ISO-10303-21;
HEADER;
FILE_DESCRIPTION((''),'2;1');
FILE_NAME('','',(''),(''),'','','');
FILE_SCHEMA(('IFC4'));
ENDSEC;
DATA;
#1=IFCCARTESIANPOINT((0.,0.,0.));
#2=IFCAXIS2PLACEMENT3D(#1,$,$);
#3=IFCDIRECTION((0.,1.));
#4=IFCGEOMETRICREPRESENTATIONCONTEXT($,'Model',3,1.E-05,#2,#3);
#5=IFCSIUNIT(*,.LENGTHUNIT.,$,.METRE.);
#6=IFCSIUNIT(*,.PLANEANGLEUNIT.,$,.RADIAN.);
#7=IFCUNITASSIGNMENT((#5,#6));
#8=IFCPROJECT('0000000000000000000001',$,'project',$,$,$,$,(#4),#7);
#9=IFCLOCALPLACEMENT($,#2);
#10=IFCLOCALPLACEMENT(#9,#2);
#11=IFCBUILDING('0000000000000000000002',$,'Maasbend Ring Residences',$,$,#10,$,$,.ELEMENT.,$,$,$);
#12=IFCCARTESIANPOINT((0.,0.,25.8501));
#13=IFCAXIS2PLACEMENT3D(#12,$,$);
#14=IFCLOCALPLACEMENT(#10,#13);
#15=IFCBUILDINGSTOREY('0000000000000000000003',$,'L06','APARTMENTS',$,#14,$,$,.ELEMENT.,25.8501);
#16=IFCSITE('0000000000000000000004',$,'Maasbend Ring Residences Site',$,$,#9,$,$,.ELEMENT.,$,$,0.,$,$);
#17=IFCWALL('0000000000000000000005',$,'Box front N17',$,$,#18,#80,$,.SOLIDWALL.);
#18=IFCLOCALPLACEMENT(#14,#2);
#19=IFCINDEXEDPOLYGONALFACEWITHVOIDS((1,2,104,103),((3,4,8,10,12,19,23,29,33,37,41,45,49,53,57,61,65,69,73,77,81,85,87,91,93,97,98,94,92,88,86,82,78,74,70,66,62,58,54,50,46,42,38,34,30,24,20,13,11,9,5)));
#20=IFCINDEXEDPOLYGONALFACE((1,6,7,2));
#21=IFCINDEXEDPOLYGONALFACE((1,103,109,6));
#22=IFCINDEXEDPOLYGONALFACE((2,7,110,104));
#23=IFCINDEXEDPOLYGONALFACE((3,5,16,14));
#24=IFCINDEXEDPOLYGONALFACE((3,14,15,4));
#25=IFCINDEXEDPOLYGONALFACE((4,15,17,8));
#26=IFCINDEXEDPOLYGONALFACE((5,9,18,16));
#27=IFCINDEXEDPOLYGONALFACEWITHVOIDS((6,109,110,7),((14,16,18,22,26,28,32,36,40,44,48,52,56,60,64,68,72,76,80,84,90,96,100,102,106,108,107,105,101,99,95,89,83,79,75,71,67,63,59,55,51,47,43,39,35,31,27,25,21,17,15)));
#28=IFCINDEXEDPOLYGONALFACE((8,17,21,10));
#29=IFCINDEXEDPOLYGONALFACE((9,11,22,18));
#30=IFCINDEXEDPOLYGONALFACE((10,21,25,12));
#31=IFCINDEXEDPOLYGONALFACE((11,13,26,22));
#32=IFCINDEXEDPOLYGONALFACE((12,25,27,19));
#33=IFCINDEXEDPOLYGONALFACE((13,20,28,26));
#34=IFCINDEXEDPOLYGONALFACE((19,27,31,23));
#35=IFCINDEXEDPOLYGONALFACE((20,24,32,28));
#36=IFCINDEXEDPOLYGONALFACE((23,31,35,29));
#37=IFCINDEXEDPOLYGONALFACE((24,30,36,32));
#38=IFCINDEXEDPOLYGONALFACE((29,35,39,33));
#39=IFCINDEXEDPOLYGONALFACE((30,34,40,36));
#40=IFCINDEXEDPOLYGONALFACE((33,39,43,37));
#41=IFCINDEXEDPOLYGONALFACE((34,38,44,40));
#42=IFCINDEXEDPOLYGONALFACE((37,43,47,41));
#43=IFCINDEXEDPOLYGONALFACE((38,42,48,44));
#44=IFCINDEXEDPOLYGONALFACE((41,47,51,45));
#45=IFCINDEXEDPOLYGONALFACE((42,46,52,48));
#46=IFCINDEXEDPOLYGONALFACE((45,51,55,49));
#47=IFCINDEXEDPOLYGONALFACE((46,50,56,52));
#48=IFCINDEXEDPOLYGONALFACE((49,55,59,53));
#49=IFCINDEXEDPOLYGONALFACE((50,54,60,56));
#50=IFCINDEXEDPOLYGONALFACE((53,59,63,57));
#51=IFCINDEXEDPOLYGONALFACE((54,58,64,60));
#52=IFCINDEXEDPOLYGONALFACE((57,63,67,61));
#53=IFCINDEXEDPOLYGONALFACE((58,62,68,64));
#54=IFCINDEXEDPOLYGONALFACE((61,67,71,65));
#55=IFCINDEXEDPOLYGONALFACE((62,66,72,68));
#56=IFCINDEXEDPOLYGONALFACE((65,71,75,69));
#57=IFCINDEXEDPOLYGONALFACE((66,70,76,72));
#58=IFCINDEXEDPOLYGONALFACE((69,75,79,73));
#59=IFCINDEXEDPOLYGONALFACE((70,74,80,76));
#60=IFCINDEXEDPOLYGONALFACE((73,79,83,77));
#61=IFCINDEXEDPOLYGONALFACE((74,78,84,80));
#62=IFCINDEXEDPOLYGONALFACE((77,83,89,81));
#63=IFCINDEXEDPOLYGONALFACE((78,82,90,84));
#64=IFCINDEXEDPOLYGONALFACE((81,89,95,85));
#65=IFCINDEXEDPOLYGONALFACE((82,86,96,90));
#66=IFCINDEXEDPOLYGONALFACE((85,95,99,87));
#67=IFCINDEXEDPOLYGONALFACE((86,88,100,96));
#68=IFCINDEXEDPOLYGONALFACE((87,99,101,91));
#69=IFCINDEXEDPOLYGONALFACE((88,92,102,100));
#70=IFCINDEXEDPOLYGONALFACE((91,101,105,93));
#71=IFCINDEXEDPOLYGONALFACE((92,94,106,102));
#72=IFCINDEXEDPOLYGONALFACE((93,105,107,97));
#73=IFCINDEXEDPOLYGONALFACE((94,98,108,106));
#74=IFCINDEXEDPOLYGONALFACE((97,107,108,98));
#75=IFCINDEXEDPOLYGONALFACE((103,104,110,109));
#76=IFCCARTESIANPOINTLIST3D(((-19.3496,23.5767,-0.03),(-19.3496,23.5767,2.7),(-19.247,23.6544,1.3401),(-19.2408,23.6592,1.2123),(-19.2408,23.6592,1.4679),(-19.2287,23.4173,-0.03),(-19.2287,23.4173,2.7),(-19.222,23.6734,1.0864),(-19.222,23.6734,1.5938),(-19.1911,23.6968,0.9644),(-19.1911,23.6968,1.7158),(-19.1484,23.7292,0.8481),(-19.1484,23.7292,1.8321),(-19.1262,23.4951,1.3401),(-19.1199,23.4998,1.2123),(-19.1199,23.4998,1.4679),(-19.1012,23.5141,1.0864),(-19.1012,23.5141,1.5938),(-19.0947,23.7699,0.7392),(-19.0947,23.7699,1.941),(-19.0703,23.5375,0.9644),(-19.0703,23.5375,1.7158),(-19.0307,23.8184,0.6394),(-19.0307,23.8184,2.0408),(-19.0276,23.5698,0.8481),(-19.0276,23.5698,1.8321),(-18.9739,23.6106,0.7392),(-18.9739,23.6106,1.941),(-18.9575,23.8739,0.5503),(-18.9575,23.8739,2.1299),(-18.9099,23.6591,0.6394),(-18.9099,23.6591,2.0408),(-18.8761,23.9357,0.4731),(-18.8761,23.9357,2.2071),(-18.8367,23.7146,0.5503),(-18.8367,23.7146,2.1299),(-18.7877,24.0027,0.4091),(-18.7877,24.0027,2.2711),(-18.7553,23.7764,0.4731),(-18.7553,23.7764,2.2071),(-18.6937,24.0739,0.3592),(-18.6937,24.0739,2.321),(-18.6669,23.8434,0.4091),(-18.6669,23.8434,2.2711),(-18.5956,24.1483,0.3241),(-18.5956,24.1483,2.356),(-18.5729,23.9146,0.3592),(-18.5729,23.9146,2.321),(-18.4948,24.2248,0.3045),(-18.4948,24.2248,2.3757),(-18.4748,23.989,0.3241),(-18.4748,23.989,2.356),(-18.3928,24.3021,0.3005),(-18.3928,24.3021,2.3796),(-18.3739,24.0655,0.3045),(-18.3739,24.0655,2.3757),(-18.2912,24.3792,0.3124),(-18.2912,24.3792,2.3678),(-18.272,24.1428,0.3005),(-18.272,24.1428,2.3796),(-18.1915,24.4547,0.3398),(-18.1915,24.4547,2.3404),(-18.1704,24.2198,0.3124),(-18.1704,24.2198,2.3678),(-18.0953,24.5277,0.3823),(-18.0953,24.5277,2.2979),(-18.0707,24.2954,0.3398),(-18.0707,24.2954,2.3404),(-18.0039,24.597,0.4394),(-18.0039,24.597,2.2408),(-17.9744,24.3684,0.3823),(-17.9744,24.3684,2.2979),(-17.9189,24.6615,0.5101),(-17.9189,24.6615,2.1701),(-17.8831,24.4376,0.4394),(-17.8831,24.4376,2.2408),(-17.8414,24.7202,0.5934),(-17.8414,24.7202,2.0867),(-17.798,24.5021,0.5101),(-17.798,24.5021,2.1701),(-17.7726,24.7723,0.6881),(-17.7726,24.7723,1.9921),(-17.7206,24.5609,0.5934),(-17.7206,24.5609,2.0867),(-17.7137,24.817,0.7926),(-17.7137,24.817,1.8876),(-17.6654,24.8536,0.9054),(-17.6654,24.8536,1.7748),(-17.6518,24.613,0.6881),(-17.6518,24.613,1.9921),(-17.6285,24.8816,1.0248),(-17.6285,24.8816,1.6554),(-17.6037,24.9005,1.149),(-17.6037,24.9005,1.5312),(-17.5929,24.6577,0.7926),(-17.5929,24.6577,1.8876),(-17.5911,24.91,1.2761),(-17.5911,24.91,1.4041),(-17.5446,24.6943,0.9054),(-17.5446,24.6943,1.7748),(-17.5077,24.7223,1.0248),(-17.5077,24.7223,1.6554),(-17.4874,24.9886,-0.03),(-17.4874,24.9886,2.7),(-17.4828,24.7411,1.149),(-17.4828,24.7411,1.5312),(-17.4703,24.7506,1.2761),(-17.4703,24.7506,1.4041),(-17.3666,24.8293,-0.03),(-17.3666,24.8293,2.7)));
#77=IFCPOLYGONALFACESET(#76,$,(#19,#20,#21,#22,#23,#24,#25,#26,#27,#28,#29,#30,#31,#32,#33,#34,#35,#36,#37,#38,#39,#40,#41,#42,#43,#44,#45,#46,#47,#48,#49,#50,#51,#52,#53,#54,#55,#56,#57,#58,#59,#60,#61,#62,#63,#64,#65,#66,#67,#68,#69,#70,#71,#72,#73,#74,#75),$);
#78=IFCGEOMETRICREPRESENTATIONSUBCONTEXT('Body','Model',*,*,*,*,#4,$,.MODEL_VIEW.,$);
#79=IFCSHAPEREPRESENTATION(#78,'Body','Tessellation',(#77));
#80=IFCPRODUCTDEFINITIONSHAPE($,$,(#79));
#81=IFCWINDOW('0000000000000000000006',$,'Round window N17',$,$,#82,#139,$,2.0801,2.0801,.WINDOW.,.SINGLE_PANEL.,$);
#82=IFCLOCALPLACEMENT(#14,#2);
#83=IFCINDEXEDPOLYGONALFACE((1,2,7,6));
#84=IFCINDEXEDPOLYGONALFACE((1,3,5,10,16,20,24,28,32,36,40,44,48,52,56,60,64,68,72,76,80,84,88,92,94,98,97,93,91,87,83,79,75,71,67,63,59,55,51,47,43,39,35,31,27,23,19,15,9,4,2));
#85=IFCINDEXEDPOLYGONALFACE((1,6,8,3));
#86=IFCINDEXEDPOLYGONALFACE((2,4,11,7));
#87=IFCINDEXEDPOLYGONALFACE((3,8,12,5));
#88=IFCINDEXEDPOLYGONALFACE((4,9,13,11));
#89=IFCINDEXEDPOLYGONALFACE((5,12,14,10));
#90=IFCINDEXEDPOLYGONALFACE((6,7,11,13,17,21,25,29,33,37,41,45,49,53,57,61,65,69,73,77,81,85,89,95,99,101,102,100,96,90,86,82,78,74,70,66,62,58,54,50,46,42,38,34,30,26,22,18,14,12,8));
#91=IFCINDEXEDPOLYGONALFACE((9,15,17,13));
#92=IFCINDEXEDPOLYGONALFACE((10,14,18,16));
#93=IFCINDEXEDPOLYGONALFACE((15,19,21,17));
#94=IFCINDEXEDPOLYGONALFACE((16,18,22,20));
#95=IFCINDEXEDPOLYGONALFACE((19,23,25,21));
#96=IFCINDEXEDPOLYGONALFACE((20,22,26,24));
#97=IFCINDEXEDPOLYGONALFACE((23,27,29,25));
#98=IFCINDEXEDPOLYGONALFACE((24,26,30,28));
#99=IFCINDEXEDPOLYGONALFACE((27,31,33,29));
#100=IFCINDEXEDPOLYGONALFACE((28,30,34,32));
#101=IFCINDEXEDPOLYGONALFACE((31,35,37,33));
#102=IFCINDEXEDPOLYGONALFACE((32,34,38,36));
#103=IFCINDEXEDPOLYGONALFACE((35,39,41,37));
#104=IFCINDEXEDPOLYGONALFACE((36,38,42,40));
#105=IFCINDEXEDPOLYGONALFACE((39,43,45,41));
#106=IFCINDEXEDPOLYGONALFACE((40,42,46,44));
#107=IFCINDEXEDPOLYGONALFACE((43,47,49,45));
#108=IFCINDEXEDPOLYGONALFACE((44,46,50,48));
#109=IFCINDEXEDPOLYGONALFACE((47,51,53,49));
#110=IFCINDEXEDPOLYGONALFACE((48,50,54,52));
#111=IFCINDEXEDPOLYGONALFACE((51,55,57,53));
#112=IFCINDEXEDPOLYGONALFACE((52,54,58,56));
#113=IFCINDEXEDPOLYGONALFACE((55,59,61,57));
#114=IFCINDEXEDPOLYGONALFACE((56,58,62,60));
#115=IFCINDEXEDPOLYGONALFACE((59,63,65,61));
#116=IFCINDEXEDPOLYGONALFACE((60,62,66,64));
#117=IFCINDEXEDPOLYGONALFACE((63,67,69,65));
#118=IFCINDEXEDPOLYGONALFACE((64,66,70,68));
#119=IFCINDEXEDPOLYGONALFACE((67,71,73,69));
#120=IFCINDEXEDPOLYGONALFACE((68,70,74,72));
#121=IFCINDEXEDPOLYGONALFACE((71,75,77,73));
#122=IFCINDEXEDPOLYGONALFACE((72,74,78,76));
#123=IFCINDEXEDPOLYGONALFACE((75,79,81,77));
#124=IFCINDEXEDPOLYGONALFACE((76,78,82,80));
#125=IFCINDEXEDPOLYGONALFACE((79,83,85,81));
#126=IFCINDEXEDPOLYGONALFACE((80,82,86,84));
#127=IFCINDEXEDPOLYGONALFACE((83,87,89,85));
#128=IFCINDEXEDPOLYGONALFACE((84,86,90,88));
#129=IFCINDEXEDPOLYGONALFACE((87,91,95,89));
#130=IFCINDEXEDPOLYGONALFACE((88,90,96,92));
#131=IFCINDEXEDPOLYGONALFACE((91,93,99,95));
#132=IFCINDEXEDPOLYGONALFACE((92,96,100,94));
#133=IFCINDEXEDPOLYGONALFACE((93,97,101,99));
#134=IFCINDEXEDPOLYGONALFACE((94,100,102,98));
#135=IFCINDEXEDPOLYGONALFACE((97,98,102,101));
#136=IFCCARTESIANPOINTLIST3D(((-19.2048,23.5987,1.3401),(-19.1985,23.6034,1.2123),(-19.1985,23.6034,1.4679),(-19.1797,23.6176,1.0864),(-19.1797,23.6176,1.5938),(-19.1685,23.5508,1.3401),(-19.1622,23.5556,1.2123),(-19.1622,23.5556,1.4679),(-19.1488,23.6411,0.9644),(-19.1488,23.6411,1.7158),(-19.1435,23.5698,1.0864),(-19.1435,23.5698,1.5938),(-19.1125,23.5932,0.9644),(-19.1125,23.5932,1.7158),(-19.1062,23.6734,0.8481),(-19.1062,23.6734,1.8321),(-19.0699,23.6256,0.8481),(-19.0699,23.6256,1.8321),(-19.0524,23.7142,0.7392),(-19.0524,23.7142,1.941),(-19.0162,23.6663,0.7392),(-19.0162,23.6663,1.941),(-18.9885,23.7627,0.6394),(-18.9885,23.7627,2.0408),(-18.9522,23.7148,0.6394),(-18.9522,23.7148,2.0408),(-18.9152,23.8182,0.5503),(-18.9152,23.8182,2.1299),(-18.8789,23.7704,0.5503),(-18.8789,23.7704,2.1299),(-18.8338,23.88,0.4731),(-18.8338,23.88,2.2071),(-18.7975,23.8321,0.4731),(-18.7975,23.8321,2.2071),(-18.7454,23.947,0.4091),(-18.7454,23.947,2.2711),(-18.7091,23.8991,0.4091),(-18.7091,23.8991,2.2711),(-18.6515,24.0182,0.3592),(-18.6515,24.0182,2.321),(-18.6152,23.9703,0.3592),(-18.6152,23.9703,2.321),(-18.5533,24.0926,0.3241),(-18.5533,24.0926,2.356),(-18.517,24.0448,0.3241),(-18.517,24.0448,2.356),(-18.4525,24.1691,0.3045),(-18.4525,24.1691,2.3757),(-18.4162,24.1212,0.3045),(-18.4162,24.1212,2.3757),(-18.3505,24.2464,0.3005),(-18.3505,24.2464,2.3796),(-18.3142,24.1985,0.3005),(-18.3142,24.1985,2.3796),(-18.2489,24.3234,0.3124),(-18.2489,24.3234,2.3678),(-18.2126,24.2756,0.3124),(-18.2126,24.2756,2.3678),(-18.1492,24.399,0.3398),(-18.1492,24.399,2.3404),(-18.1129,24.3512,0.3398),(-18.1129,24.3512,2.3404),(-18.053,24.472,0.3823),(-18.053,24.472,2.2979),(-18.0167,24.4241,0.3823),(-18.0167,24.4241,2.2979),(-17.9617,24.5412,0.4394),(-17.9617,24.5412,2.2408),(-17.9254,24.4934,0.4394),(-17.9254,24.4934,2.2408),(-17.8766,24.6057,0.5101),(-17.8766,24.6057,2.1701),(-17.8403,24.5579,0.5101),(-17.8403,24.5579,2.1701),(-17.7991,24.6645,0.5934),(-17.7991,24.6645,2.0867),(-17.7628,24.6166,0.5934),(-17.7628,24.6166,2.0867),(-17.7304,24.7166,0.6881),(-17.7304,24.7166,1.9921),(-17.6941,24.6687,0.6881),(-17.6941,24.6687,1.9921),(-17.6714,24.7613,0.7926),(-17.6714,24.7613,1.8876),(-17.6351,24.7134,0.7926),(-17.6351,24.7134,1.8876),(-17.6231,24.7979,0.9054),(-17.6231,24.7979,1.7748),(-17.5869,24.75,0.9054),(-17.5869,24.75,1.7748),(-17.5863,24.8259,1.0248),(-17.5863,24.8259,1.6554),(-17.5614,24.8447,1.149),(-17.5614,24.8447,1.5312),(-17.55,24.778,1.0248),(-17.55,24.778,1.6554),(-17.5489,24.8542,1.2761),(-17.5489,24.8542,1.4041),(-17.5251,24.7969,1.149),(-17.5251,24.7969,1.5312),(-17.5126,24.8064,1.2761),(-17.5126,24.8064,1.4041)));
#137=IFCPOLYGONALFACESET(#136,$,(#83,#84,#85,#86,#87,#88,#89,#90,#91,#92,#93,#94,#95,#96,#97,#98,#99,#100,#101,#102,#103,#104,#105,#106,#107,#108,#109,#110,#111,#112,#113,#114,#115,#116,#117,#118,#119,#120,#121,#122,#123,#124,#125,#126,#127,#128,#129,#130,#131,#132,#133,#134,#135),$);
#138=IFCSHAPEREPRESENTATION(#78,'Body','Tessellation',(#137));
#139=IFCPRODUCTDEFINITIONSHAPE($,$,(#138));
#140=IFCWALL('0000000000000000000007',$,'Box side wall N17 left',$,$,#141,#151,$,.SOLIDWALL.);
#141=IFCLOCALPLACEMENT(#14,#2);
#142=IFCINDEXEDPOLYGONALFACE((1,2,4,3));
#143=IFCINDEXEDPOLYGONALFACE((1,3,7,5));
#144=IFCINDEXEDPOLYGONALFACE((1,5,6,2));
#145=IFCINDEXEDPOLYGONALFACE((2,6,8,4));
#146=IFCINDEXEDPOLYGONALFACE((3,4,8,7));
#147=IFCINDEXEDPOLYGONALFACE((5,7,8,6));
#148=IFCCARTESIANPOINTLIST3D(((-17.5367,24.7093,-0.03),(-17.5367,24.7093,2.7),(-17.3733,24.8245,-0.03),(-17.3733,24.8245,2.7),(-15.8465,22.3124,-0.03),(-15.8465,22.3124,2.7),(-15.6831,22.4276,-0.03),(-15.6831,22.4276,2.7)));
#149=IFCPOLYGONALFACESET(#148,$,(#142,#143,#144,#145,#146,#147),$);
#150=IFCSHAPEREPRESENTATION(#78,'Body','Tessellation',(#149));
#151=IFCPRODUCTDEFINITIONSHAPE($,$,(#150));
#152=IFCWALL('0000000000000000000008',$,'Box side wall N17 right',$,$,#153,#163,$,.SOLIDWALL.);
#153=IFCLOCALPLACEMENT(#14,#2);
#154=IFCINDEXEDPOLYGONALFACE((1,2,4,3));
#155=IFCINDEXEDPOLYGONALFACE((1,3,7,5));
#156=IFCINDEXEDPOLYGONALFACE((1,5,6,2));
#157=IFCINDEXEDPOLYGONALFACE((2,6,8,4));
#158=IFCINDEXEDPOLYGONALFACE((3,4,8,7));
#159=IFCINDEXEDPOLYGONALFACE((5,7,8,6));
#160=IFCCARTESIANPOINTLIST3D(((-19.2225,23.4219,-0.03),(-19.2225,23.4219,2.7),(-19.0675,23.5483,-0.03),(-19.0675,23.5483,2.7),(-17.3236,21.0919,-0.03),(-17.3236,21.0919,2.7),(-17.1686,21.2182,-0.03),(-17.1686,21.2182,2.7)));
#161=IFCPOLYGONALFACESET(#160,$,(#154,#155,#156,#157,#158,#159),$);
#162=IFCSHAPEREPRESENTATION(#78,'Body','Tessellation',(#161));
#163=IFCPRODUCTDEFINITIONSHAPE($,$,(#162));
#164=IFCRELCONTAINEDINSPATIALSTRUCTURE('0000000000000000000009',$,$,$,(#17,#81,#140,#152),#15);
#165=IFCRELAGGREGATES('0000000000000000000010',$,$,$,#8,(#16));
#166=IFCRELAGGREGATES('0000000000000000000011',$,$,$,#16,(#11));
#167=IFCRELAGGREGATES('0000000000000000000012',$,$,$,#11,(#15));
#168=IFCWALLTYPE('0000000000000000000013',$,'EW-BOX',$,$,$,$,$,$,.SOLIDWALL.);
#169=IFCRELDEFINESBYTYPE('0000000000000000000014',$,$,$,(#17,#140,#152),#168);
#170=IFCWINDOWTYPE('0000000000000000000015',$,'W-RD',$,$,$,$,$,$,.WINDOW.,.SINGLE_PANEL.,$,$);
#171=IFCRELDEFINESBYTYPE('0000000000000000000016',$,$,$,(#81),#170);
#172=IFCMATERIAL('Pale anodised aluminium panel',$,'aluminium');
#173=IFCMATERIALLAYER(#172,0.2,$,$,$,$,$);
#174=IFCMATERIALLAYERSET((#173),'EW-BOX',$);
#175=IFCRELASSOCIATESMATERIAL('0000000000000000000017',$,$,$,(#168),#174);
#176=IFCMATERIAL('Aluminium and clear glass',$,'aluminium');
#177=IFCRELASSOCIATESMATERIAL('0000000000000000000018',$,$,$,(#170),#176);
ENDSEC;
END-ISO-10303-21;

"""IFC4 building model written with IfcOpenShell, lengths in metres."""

from ifc_helpers import new_model, si_unit, direction, frame, frame_2d, origin, place, context, subcontext, project, spatial, rectangle, circle, extrude, material, layer, layer_set, type_object, element, fill, save


model = new_model("IFC4")

# Units and contexts
model_context = context("Model", 3, precision=1e-05, world=origin(), true_north=direction((0.0, 1.0)))
body_context = subcontext(model_context, "Body", "Model", "MODEL_VIEW")
ifc_project = project(units=[si_unit("LENGTHUNIT", "METRE"), si_unit("PLANEANGLEUNIT", "RADIAN")], contexts=[model_context])

# Site, building, storey
site_placement = place(None, origin())
site = spatial("IfcSite", under=ifc_project, at=site_placement, Name="Maasbend Ring Residences Site", CompositionType="ELEMENT", RefElevation=0.0)
building_placement = place(site_placement, origin())
building = spatial("IfcBuilding", under=site, at=building_placement, Name="Maasbend Ring Residences", CompositionType="ELEMENT")
storey_placement = place(building_placement, frame((0.0, 0.0, 25.8501)))
storey = spatial("IfcBuildingStorey", under=building, at=storey_placement, Name="L06", Description="APARTMENTS", CompositionType="ELEMENT", Elevation=25.8501)

# Shared definitions
ifc_material_1 = material(Name="Pale anodised aluminium panel", Category="aluminium")
ifc_layer_1 = layer(ifc_material_1, 0.2)
ifc_layer_set_1 = layer_set([ifc_layer_1], Name="EW-BOX")
wall_type_1 = type_object("IfcWallType", Name="EW-BOX", PredefinedType="SOLIDWALL", material=ifc_layer_set_1)
ifc_material_2 = material(Name="Aluminium and clear glass", Category="aluminium")
window_type_1 = type_object("IfcWindowType", Name="W-RD", PartitioningType="SINGLE_PANEL", PredefinedType="WINDOW", material=ifc_material_2)

# Wall, opening, window
wall_1_placement = place(storey_placement, frame((-17.427, 24.9089, -0.03), z_axis=(0.0, 0.0, 1.0), x_axis=(-0.796842, -0.604188, 0.0)))
wall_1 = element("IfcWall", 1, at=wall_1_placement, inside=storey, type_object=wall_type_1, Name="Box front N17", PredefinedType="SOLIDWALL", context=body_context, shape_type="SweptSolid", body=[
    extrude(rectangle(XDim=2.3369, YDim=0.2, at=frame_2d((1.1685, 0.0))), origin(), (0.0, 0.0, 1.0), 2.73),
])
opening_1_placement = place(wall_1_placement, frame((0.1282, 0.0, 0.3301)))
opening_1 = element("IfcOpeningElement", 2, at=opening_1_placement, cuts=wall_1, PredefinedType="OPENING", context=body_context, shape_type="SweptSolid", body=[
    extrude(circle(Radius=1.04, at=frame_2d((1.04, 1.04))), frame((0.0, 0.1099, 0.0), z_axis=(0.0, -1.0, 0.0), x_axis=(1.0, 0.0, 0.0)), (0.0, 0.0, 1.0), 0.22),
])
window_1_placement = place(opening_1_placement, origin())
window_1 = element("IfcWindow", 3, at=window_1_placement, inside=storey, type_object=window_type_1, Name="Round window N17", OverallHeight=2.0801, OverallWidth=2.0801, PartitioningType="SINGLE_PANEL", PredefinedType="WINDOW", context=body_context, shape_type="SweptSolid", body=[
    extrude(circle(Radius=1.04, at=frame_2d((1.04, 1.04))), frame((0.0, 0.03, 0.0), z_axis=(0.0, -1.0, 0.0), x_axis=(1.0, 0.0, 0.0)), (0.0, 0.0, 1.0), 0.0601),
])
fill(opening_1, window_1)

# Walls
wall_2_placement = place(storey_placement, frame((-15.7649, 22.3701, -0.03), z_axis=(0.0, 0.0, 1.0), x_axis=(-0.576275, 0.817256, 0.0)))
element("IfcWall", 4, at=wall_2_placement, inside=storey, type_object=wall_type_1, Name="Box side wall N17 left", PredefinedType="SOLIDWALL", context=body_context, shape_type="SweptSolid", body=[
    extrude(rectangle(XDim=2.9329, YDim=0.2, at=frame_2d((1.4663, 0.0))), origin(), (0.0, 0.0, 1.0), 2.73),
])
wall_3_placement = place(storey_placement, frame((-17.2461, 21.155, -0.03), z_axis=(0.0, 0.0, 1.0), x_axis=(-0.631742, 0.775179, 0.0)))
element("IfcWall", 5, at=wall_3_placement, inside=storey, type_object=wall_type_1, Name="Box side wall N17 right", PredefinedType="SOLIDWALL", context=body_context, shape_type="SweptSolid", body=[
    extrude(rectangle(XDim=3.0059, YDim=0.2, at=frame_2d((1.5029, 0.0))), origin(), (0.0, 0.0, 1.0), 2.73),
])

save(model, "model.ifc")
